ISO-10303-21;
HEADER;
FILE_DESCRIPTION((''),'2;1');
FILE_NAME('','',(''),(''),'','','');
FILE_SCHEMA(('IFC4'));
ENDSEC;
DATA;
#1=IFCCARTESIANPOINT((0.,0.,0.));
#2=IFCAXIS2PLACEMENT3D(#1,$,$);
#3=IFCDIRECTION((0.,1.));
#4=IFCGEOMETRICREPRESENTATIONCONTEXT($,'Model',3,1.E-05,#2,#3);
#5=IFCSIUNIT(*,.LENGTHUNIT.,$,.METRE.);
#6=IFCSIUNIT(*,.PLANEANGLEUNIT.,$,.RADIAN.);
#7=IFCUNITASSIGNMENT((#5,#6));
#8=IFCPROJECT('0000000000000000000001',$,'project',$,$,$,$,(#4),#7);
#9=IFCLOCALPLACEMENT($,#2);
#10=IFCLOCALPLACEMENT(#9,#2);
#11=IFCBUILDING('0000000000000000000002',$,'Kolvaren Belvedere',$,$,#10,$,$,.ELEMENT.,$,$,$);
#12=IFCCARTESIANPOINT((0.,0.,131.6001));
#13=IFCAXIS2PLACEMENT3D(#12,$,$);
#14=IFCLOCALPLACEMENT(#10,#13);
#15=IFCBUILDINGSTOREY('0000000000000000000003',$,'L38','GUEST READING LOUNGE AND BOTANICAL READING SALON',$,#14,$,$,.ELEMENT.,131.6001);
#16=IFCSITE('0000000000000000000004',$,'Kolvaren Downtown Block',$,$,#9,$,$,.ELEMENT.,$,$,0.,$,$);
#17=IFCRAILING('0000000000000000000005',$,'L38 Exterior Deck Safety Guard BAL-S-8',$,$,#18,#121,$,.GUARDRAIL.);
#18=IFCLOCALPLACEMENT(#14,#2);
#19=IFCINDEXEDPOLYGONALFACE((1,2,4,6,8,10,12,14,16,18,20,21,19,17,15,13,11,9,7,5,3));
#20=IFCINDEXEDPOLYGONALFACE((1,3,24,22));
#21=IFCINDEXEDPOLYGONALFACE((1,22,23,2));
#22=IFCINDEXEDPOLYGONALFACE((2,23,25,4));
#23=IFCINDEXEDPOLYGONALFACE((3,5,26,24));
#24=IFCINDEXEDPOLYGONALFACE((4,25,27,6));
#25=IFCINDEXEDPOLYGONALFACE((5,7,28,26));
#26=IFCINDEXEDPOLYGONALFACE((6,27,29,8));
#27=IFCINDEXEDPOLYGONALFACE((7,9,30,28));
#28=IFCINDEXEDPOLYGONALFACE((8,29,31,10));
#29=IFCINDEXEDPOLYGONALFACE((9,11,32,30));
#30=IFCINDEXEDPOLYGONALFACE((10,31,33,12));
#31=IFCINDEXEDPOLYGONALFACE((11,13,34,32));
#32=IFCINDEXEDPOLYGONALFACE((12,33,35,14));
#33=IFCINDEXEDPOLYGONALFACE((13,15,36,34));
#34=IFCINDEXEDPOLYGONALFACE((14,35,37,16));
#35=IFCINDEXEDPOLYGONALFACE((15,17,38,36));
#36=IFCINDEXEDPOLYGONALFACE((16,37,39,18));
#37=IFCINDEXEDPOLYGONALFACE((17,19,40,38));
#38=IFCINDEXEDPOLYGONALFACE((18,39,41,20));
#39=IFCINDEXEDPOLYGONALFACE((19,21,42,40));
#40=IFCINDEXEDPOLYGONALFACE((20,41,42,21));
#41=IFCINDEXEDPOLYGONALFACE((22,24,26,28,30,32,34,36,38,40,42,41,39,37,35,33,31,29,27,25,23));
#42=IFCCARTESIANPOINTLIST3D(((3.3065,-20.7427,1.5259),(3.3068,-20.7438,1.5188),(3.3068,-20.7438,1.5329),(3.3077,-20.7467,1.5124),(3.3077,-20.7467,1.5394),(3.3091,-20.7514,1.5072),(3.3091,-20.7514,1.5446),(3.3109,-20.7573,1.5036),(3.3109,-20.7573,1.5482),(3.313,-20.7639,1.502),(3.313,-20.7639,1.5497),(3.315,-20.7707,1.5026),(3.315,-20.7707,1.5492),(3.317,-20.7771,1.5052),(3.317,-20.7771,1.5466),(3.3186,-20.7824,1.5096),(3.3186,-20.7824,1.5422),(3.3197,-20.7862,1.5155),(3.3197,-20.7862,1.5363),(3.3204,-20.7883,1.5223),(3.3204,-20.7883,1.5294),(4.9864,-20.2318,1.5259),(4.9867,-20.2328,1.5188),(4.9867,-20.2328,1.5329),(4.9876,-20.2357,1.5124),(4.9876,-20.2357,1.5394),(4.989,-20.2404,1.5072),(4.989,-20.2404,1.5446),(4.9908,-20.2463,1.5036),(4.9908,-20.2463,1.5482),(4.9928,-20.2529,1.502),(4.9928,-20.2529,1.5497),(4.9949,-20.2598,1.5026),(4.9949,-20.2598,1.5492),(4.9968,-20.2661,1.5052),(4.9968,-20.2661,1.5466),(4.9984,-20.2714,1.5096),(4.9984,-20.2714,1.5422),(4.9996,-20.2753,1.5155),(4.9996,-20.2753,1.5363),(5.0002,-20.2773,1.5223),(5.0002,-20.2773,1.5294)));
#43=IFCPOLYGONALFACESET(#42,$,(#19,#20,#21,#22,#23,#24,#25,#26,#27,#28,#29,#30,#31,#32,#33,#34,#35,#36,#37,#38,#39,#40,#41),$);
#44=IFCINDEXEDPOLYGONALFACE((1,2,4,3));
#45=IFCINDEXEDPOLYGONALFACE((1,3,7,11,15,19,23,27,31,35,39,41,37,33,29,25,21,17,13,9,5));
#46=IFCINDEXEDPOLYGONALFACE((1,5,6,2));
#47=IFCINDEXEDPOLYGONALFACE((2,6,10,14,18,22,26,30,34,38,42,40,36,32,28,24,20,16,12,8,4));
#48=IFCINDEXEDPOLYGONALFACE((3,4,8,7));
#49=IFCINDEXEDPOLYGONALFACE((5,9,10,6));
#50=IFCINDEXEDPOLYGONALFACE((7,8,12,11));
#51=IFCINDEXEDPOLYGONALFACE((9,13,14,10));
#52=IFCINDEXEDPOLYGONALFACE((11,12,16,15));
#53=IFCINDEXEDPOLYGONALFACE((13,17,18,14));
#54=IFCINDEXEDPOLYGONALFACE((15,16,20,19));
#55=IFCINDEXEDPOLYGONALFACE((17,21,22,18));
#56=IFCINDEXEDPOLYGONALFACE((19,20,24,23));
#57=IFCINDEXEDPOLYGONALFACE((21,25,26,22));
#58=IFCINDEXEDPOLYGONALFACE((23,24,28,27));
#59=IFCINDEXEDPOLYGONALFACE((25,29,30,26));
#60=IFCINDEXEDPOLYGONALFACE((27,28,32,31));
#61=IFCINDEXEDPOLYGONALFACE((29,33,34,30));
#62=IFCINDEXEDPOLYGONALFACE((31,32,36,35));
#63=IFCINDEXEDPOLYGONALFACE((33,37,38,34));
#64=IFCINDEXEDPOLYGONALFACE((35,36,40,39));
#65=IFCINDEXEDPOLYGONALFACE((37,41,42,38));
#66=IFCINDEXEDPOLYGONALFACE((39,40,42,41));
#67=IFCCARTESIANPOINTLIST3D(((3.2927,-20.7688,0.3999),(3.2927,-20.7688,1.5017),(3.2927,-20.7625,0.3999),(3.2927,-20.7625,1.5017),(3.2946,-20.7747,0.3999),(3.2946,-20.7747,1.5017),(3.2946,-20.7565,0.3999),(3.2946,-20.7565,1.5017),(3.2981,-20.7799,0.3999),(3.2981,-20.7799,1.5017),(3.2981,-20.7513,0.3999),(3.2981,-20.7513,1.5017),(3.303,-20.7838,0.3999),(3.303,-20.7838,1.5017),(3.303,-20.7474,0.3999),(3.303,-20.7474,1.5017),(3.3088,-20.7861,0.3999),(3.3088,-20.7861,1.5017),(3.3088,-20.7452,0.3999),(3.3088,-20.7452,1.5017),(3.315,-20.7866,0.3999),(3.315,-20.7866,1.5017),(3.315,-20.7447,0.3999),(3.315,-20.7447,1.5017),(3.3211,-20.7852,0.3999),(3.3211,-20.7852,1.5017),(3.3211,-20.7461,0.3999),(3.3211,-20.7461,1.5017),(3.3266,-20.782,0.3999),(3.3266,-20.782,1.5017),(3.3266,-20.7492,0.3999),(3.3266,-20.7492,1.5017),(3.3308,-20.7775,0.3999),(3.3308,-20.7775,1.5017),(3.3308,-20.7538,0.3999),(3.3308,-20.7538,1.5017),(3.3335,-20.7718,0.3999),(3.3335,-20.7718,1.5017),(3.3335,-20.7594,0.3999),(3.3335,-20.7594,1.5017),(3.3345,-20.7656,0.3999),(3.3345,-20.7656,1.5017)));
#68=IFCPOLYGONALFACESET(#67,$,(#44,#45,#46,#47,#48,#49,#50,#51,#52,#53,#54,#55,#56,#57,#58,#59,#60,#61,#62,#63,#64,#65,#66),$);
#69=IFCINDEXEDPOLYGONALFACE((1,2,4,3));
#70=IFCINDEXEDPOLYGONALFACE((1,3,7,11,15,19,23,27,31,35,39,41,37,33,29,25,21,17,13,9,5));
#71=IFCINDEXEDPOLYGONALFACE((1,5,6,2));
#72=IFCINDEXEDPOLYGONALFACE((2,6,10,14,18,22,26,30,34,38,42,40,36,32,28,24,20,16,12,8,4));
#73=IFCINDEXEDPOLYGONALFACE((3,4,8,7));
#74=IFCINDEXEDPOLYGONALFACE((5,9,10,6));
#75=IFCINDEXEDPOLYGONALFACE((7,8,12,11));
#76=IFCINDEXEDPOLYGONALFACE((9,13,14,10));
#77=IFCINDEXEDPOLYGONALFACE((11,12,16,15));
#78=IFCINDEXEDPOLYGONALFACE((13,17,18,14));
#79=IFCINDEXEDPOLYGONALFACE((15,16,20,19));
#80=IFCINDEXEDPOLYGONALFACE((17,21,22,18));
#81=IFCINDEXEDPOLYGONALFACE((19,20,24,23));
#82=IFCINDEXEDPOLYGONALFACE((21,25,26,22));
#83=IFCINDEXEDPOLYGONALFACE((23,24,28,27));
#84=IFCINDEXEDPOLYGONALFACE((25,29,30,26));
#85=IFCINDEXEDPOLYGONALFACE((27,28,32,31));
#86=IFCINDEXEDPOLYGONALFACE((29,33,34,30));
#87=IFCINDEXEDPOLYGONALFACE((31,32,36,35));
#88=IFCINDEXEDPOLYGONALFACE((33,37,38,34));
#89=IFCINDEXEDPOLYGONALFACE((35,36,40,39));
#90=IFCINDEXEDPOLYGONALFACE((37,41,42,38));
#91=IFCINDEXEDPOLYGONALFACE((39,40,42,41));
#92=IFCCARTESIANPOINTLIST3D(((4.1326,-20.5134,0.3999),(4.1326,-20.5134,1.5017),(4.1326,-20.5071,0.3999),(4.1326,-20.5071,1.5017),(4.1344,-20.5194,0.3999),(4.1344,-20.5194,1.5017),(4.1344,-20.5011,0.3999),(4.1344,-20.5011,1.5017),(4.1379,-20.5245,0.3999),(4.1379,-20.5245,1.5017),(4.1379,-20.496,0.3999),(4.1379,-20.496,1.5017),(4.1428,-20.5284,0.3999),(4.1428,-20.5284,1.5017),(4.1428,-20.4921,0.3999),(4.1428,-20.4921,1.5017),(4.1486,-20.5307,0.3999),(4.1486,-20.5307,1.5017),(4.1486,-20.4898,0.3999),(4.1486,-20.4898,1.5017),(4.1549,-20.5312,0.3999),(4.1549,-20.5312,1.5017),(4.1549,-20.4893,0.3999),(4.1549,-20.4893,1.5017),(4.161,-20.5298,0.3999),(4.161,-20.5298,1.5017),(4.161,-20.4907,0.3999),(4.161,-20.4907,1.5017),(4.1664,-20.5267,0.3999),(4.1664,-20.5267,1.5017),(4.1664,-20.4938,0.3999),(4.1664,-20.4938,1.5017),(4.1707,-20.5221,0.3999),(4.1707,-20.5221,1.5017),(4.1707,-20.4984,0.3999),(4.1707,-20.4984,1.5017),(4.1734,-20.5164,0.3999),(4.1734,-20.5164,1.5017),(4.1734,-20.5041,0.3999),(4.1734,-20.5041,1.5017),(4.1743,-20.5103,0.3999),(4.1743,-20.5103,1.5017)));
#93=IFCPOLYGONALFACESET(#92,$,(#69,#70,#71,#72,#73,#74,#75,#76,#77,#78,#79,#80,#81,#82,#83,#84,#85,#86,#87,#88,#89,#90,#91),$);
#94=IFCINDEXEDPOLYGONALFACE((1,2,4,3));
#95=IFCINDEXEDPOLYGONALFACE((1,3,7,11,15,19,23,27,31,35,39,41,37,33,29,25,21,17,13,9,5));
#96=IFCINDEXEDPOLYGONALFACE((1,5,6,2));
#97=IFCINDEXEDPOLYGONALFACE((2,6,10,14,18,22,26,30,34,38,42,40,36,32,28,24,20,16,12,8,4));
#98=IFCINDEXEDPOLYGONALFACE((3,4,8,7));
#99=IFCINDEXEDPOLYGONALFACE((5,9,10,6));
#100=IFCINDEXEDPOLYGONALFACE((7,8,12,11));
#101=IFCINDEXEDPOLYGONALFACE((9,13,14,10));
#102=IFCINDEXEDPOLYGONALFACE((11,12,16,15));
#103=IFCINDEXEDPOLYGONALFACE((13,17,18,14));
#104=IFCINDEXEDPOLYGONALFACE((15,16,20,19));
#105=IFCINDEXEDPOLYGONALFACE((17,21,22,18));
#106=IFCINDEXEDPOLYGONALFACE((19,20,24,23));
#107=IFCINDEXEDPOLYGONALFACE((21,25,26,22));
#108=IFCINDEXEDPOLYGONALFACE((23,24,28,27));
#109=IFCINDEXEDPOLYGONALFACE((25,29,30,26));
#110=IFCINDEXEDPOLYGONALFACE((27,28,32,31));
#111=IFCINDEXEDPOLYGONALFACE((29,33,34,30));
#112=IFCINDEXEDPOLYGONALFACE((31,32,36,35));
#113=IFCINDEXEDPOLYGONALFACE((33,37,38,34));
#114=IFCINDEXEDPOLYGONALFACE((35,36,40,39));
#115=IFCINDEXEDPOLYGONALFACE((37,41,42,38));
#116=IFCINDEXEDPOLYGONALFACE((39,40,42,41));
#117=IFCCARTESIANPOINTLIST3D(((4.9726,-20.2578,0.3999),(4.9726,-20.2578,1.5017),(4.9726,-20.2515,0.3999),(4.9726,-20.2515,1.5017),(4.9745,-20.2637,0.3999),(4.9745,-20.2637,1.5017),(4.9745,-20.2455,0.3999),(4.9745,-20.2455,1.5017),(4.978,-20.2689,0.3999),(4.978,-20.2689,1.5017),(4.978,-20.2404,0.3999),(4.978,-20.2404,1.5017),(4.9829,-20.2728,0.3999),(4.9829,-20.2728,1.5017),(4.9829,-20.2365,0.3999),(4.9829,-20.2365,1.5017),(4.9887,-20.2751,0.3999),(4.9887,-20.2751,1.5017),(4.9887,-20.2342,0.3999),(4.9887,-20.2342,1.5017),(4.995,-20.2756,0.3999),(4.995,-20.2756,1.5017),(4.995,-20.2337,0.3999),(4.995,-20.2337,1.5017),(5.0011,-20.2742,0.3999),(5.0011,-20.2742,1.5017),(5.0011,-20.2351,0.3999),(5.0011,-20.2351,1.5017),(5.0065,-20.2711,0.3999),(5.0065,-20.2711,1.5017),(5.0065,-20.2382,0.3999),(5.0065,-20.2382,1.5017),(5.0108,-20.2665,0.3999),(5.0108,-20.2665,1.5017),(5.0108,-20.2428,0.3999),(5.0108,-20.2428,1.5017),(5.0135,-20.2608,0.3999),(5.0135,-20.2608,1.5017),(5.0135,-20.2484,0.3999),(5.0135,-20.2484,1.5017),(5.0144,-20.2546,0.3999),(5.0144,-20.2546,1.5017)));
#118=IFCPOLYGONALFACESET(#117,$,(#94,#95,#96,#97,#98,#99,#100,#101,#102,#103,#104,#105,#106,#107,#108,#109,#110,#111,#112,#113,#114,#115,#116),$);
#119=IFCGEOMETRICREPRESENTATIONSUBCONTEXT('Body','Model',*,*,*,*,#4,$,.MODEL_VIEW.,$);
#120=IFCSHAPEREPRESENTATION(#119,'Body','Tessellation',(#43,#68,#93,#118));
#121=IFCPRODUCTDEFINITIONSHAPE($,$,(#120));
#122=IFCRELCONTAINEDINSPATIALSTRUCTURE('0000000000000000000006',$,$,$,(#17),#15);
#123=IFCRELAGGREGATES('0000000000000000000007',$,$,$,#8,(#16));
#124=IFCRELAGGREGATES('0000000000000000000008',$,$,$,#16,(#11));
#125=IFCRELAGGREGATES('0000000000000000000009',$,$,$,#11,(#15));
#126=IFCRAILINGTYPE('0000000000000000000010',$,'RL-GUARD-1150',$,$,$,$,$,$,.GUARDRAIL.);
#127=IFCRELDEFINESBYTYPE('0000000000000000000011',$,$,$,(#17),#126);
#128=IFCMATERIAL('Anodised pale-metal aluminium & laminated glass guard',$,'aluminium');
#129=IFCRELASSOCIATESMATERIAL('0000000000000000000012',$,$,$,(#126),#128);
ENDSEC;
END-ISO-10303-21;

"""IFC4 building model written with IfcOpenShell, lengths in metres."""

from ifc_helpers import new_model, si_unit, direction, frame, origin, origin_2d, place, context, subcontext, project, spatial, circle, extrude, material, type_object, element, save


model = new_model("IFC4")

# Units and contexts
model_context = context("Model", 3, precision=1e-05, world=origin(), true_north=direction((0.0, 1.0)))
body_context = subcontext(model_context, "Body", "Model", "MODEL_VIEW")
ifc_project = project(units=[si_unit("LENGTHUNIT", "METRE"), si_unit("PLANEANGLEUNIT", "RADIAN")], contexts=[model_context])

# Site, building, storey
site_placement = place(None, origin())
site = spatial("IfcSite", under=ifc_project, at=site_placement, Name="Kolvaren Downtown Block", CompositionType="ELEMENT", RefElevation=0.0)
building_placement = place(site_placement, origin())
building = spatial("IfcBuilding", under=site, at=building_placement, Name="Kolvaren Belvedere", CompositionType="ELEMENT")
storey_placement = place(building_placement, frame((0.0, 0.0, 131.6001)))
storey = spatial("IfcBuildingStorey", under=building, at=storey_placement, Name="L38", Description="GUEST READING LOUNGE AND BOTANICAL READING SALON", CompositionType="ELEMENT", Elevation=131.6001)

# Railing
ifc_material_1 = material(Name="Anodised pale-metal aluminium & laminated glass guard", Category="aluminium")
railing_type = type_object("IfcRailingType", Name="RL-GUARD-1150", PredefinedType="GUARDRAIL", material=ifc_material_1)
railing_1_placement = place(storey_placement, frame((3.3135, -20.7656, 0.3999)))
element("IfcRailing", 1, at=railing_1_placement, inside=storey, type_object=railing_type, Name="L38 Exterior Deck Safety Guard BAL-S-8", PredefinedType="GUARDRAIL", context=body_context, shape_type="SweptSolid", body=[
    extrude(circle(Radius=0.0239, at=origin_2d()), frame((0.0, 0.0, 1.126), z_axis=(0.956721, 0.291007, 0.0), x_axis=(-0.291007, 0.956721, 0.0)), (0.0, 0.0, 1.0), 1.7559),
    extrude(circle(Radius=0.021, at=origin_2d()), origin(), (0.0, 0.0, 1.0), 1.1018),
    extrude(circle(Radius=0.021, at=origin_2d()), frame((0.8398, 0.2554, 0.0)), (0.0, 0.0, 1.0), 1.1018),
    extrude(circle(Radius=0.021, at=origin_2d()), frame((1.6799, 0.511, 0.0)), (0.0, 0.0, 1.0), 1.1018),
])

save(model, "model.ifc")
